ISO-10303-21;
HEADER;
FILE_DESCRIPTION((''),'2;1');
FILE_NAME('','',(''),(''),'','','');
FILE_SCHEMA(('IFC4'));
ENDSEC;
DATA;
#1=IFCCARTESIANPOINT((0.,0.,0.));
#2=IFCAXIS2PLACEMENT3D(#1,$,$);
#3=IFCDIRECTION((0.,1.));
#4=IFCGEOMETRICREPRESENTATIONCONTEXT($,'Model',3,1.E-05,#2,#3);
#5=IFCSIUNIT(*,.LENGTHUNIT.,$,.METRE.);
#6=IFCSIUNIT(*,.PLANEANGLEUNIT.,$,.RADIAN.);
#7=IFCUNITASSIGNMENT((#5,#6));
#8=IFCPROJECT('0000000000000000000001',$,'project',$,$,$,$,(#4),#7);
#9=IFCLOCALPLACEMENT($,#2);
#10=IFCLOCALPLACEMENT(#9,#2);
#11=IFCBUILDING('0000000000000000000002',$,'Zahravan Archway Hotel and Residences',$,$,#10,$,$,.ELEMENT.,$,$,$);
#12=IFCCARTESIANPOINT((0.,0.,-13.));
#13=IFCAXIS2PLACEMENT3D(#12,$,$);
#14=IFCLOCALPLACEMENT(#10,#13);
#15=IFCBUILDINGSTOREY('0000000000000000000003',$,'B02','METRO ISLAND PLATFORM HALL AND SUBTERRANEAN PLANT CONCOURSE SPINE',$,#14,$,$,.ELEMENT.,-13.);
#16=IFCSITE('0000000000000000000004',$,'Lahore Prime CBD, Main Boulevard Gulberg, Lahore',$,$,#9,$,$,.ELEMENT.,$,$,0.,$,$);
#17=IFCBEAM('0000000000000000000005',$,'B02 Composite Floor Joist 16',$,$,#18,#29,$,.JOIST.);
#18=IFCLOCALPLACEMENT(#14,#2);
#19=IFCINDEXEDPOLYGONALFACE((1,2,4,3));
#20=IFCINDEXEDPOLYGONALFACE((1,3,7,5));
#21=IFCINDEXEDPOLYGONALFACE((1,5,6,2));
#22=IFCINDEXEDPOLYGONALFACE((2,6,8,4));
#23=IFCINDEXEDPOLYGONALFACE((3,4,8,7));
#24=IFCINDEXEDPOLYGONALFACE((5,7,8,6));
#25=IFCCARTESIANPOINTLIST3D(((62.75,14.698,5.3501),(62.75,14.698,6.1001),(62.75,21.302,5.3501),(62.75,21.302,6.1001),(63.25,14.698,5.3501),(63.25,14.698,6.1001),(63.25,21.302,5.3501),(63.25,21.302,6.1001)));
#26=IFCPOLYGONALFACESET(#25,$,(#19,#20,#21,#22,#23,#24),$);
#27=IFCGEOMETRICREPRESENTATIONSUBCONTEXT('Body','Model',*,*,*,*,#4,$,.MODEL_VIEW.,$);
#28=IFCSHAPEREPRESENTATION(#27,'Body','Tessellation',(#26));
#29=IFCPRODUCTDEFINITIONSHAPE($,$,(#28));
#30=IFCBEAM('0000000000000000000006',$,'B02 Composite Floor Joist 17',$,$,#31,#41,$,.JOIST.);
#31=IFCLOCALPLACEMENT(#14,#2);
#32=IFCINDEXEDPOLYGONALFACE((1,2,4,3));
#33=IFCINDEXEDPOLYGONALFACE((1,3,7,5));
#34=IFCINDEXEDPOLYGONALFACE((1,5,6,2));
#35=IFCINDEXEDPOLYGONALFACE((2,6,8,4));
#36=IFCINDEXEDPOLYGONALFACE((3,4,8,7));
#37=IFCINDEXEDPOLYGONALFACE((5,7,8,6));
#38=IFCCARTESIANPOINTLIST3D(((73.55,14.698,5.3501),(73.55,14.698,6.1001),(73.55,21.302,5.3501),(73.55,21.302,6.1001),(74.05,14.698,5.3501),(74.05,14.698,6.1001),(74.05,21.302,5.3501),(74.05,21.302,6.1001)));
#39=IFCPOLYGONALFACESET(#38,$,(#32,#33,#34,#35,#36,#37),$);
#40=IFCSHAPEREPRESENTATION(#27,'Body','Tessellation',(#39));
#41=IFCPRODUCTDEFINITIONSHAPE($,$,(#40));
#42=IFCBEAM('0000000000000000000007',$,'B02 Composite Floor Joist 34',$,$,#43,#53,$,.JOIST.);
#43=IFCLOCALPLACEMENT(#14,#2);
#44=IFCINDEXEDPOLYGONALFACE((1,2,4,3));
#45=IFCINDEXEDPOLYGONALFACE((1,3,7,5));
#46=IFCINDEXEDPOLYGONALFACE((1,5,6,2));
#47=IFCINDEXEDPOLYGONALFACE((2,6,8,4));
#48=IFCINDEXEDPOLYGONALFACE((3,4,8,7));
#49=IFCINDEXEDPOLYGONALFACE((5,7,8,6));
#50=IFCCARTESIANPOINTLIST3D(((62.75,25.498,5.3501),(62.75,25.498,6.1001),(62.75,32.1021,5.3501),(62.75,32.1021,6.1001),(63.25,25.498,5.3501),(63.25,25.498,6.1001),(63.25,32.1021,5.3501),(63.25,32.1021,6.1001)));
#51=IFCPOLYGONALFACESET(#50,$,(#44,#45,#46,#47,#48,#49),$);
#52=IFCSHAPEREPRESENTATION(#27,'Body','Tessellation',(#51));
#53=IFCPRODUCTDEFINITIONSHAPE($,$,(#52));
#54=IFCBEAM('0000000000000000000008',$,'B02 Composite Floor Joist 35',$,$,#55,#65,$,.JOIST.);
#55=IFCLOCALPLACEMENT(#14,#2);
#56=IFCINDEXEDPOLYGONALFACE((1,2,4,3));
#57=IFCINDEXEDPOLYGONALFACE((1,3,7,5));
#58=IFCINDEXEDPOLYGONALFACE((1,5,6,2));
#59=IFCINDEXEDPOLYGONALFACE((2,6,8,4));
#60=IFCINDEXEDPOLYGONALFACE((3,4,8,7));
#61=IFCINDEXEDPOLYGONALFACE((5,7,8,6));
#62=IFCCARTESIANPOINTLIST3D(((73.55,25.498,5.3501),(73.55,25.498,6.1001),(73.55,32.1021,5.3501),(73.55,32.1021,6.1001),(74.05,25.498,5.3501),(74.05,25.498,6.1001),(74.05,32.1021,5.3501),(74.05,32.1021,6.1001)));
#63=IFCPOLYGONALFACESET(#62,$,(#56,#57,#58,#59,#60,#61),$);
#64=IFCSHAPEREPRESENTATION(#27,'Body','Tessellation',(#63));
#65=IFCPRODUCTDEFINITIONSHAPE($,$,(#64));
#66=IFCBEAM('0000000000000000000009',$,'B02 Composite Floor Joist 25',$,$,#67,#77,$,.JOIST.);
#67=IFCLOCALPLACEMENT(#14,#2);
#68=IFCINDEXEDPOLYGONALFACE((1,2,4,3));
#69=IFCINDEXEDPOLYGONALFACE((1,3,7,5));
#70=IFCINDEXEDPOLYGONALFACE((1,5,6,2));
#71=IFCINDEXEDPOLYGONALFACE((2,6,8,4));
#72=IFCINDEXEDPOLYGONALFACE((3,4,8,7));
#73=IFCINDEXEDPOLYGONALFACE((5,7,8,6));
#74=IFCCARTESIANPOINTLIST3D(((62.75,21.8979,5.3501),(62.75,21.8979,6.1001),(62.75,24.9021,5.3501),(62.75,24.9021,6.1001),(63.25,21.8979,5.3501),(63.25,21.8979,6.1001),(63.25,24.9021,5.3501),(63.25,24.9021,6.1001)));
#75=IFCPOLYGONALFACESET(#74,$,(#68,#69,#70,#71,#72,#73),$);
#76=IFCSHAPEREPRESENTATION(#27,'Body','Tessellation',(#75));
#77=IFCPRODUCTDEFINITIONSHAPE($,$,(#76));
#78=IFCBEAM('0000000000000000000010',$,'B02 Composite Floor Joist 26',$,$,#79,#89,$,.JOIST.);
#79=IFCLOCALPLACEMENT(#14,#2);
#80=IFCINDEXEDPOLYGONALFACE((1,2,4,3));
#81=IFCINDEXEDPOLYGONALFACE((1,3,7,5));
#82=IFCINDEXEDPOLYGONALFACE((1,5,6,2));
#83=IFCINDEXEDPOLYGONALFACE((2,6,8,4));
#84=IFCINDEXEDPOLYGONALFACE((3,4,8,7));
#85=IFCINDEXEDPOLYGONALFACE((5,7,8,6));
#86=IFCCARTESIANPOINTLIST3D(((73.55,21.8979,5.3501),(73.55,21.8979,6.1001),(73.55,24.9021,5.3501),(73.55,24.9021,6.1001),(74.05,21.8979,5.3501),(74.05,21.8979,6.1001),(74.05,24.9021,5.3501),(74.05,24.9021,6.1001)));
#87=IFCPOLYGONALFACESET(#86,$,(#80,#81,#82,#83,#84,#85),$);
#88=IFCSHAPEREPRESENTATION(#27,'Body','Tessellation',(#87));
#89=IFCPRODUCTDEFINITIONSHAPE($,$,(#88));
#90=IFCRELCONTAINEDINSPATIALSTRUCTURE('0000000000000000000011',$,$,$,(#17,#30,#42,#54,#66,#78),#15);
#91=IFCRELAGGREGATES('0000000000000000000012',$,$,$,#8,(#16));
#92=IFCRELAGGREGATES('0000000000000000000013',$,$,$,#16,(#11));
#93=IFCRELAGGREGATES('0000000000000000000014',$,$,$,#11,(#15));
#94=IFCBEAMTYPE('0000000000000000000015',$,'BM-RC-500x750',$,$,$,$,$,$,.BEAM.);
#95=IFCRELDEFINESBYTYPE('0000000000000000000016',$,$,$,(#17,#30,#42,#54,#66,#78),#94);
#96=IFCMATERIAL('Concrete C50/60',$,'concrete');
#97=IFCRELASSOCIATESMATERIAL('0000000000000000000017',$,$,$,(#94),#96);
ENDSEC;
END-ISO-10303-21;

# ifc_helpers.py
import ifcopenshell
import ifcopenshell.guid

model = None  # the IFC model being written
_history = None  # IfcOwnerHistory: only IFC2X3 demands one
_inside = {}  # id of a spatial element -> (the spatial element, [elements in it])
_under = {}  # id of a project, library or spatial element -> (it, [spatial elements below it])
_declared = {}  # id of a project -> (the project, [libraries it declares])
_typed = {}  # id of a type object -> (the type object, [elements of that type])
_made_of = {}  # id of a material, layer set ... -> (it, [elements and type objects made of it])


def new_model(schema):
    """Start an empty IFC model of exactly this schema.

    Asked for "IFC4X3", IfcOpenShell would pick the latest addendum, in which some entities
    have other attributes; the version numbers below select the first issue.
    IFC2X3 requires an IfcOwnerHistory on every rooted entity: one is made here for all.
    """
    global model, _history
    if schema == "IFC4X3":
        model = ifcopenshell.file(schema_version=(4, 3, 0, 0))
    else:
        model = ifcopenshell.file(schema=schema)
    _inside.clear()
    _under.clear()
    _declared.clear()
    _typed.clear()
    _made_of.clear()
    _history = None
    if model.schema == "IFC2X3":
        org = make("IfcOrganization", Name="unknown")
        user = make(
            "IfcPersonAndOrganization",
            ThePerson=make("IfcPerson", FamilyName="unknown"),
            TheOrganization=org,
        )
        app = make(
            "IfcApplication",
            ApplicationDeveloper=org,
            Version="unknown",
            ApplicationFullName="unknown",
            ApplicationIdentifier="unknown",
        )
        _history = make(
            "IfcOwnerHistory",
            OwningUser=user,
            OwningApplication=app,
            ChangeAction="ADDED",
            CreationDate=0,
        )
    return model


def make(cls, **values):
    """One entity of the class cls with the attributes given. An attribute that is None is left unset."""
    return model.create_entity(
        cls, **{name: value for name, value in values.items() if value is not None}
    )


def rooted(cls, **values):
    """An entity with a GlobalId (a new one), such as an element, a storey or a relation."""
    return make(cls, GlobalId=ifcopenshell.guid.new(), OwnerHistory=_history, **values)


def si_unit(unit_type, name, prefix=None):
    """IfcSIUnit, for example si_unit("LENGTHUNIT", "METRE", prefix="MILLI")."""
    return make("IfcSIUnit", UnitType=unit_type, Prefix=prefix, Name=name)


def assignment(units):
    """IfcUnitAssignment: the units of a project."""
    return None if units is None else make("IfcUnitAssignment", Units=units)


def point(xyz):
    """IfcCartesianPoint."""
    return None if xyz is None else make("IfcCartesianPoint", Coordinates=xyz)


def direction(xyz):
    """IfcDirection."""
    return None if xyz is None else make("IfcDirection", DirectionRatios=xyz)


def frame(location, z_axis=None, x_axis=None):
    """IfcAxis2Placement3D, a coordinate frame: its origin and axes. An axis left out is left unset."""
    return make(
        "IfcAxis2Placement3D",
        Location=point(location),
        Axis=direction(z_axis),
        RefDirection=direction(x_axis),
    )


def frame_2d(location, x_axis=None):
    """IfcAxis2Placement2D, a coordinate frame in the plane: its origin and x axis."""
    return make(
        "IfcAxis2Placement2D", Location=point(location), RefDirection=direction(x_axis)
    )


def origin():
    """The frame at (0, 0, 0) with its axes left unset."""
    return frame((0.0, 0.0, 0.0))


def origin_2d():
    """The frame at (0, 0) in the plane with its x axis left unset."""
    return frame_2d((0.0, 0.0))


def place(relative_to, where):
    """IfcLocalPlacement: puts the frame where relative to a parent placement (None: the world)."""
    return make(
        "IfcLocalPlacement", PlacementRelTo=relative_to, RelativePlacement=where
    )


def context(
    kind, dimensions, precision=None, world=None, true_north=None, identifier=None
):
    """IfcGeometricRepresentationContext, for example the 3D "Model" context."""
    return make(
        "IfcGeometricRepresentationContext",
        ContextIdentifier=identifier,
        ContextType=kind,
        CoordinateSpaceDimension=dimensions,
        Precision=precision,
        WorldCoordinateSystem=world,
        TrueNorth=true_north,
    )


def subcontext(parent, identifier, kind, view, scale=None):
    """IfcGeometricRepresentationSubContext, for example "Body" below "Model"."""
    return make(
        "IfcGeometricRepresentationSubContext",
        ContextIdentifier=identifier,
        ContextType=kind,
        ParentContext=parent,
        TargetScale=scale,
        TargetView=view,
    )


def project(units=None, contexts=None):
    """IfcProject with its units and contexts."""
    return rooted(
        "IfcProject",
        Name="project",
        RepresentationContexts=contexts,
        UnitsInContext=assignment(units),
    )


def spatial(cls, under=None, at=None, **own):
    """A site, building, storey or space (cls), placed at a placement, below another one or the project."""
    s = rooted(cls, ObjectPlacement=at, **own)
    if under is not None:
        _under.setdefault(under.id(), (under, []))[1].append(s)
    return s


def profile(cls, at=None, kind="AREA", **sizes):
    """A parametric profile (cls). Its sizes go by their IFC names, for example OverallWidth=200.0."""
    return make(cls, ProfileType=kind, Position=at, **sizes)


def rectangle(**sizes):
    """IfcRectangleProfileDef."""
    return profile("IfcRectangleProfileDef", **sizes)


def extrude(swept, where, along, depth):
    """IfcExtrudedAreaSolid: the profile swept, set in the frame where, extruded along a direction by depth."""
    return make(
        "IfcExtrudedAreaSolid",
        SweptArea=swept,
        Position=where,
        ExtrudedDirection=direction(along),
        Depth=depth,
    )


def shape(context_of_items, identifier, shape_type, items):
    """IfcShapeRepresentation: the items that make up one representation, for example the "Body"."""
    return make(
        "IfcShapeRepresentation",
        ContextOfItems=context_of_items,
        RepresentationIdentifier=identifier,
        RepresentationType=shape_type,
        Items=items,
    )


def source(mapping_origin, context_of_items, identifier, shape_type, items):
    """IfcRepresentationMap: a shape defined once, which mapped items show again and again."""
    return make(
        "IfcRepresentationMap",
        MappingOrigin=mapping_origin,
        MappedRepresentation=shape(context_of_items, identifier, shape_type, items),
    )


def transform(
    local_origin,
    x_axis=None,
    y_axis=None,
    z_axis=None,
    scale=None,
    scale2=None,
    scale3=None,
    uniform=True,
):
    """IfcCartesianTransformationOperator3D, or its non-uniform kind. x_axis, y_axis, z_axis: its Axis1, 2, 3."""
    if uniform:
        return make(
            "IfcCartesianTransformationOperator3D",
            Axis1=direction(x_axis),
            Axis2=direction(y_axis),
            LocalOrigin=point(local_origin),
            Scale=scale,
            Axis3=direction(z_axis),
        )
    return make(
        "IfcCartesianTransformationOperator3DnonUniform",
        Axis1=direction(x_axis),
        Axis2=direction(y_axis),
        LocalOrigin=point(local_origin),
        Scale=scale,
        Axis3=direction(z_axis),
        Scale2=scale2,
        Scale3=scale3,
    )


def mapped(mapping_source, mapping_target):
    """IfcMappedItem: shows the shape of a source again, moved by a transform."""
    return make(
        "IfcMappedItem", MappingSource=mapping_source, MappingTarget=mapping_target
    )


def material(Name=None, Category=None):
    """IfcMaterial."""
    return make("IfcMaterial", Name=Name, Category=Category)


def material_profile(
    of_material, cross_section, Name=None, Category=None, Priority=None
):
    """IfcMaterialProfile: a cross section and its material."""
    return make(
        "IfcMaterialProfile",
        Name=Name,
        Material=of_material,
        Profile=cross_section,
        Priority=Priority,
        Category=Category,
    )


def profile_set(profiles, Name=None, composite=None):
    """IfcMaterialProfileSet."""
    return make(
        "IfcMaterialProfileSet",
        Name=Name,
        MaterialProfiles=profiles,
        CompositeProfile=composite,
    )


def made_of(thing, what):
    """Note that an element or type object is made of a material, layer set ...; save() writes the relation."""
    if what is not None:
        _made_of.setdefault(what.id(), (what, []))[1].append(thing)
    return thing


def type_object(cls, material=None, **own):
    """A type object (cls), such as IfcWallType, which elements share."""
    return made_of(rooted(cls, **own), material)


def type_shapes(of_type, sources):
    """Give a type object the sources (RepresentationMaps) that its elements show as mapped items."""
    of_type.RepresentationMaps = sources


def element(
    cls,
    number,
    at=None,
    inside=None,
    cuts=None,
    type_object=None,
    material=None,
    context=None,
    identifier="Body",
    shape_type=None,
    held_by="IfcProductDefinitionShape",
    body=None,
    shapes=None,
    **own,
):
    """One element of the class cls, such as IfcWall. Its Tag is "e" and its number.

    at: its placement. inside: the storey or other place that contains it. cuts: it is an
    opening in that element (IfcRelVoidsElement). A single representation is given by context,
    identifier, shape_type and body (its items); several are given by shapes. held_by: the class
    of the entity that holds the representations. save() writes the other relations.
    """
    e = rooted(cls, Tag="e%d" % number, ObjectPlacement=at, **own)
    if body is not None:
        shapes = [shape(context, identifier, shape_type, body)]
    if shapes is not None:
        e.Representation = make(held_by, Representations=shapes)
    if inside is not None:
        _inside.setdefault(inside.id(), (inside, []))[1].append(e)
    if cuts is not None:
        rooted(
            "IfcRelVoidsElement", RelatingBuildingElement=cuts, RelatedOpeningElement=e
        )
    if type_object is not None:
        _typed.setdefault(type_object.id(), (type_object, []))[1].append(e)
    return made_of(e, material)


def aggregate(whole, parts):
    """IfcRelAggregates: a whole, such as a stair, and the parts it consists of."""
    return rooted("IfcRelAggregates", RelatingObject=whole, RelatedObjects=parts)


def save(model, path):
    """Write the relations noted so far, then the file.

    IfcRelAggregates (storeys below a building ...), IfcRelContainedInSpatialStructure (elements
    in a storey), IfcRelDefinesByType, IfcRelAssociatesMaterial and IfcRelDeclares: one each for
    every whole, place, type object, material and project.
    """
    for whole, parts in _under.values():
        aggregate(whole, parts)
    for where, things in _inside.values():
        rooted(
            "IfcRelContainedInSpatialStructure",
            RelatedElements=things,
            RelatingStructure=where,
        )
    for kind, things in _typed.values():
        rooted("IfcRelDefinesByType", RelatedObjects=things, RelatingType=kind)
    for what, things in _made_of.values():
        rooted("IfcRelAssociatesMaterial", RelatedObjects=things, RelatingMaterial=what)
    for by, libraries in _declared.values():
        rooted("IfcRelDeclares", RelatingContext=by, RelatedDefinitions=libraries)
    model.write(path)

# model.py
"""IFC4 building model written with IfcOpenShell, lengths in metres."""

from ifc_helpers import new_model, si_unit, direction, frame, origin, origin_2d, place, context, subcontext, project, spatial, rectangle, extrude, source, transform, mapped, material, material_profile, profile_set, type_object, type_shapes, element, save


model = new_model("IFC4")

# Units and contexts
model_context = context("Model", 3, precision=1e-05, world=origin(), true_north=direction((0.0, 1.0)))
body_context = subcontext(model_context, "Body", "Model", "MODEL_VIEW")
ifc_project = project(units=[si_unit("LENGTHUNIT", "METRE"), si_unit("PLANEANGLEUNIT", "RADIAN")], contexts=[model_context])

# Site, building, storey
site_placement = place(None, origin())
site = spatial("IfcSite", under=ifc_project, at=site_placement, Name="Lahore Prime CBD, Main Boulevard Gulberg, Lahore", CompositionType="ELEMENT", RefElevation=0.0)
building_placement = place(site_placement, origin())
building = spatial("IfcBuilding", under=site, at=building_placement, Name="Zahravan Archway Hotel and Residences", CompositionType="ELEMENT")
storey_placement = place(building_placement, frame((0.0, 0.0, -13.0)))
storey = spatial("IfcBuildingStorey", under=building, at=storey_placement, Name="B02", Description="METRO ISLAND PLATFORM HALL AND SUBTERRANEAN PLANT CONCOURSE SPINE", CompositionType="ELEMENT", Elevation=-13.0)

# Shared definitions
ifc_material_1 = material(Name="Concrete C50/60", Category="concrete")

# Beams
ifc_material_profile_1 = material_profile(ifc_material_1, rectangle(XDim=0.5, YDim=0.75, at=origin_2d()), Name="RC-BM-500x750", Category="concrete")
ifc_profile_set_1 = profile_set([ifc_material_profile_1], Name="Concrete C50/60")
beam_type_1 = type_object("IfcBeamType", Name="BM-RC-500x750", PredefinedType="BEAM", material=ifc_profile_set_1)
shared_shape_1 = source(origin(), body_context, "Body", "SweptSolid", [
    extrude(rectangle(XDim=0.5, YDim=0.75, at=origin_2d()), origin(), (0.0, 0.0, 1.0), 6.604),
])
type_shapes(beam_type_1, [shared_shape_1])
for number, where, z_axis, x_axis, name in (
    (1, (63.0, 14.698, 5.7251), (0.0, 1.0, 0.0), (-1.0, 0.0, 0.0), "B02 Composite Floor Joist 16"),
    (2, (73.8, 14.698, 5.7251), (0.0, 1.0, 0.0), (-1.0, 0.0, 0.0), "B02 Composite Floor Joist 17"),
    (3, (63.0, 25.498, 5.7251), (0.0, 1.0, 0.0), (-1.0, 0.0, 0.0), "B02 Composite Floor Joist 34"),
    (4, (73.8, 25.498, 5.7251), (0.0, 1.0, 0.0), (-1.0, 0.0, 0.0), "B02 Composite Floor Joist 35"),
):
    element("IfcBeam", number, at=place(storey_placement, frame(where, z_axis=z_axis, x_axis=x_axis)), inside=storey, type_object=beam_type_1, Name=name, PredefinedType="JOIST", context=body_context, shape_type="MappedRepresentation", body=[
        mapped(shared_shape_1, transform((0.0, 0.0, 0.0), scale=1.0)),
    ])
shared_shape_2 = source(origin(), body_context, "Body", "SweptSolid", [
    extrude(rectangle(XDim=0.5, YDim=0.75, at=origin_2d()), origin(), (0.0, 0.0, 1.0), 3.0042),
])
for number, where, z_axis, x_axis, name in (
    (5, (63.0, 21.8979, 5.7251), (0.0, 1.0, 0.0), (-1.0, 0.0, 0.0), "B02 Composite Floor Joist 25"),
    (6, (73.8, 21.8979, 5.7251), (0.0, 1.0, 0.0), (-1.0, 0.0, 0.0), "B02 Composite Floor Joist 26"),
):
    element("IfcBeam", number, at=place(storey_placement, frame(where, z_axis=z_axis, x_axis=x_axis)), inside=storey, type_object=beam_type_1, Name=name, PredefinedType="JOIST", context=body_context, shape_type="MappedRepresentation", body=[
        mapped(shared_shape_2, transform((0.0, 0.0, 0.0), scale=1.0)),
    ])

save(model, "model.ifc")
